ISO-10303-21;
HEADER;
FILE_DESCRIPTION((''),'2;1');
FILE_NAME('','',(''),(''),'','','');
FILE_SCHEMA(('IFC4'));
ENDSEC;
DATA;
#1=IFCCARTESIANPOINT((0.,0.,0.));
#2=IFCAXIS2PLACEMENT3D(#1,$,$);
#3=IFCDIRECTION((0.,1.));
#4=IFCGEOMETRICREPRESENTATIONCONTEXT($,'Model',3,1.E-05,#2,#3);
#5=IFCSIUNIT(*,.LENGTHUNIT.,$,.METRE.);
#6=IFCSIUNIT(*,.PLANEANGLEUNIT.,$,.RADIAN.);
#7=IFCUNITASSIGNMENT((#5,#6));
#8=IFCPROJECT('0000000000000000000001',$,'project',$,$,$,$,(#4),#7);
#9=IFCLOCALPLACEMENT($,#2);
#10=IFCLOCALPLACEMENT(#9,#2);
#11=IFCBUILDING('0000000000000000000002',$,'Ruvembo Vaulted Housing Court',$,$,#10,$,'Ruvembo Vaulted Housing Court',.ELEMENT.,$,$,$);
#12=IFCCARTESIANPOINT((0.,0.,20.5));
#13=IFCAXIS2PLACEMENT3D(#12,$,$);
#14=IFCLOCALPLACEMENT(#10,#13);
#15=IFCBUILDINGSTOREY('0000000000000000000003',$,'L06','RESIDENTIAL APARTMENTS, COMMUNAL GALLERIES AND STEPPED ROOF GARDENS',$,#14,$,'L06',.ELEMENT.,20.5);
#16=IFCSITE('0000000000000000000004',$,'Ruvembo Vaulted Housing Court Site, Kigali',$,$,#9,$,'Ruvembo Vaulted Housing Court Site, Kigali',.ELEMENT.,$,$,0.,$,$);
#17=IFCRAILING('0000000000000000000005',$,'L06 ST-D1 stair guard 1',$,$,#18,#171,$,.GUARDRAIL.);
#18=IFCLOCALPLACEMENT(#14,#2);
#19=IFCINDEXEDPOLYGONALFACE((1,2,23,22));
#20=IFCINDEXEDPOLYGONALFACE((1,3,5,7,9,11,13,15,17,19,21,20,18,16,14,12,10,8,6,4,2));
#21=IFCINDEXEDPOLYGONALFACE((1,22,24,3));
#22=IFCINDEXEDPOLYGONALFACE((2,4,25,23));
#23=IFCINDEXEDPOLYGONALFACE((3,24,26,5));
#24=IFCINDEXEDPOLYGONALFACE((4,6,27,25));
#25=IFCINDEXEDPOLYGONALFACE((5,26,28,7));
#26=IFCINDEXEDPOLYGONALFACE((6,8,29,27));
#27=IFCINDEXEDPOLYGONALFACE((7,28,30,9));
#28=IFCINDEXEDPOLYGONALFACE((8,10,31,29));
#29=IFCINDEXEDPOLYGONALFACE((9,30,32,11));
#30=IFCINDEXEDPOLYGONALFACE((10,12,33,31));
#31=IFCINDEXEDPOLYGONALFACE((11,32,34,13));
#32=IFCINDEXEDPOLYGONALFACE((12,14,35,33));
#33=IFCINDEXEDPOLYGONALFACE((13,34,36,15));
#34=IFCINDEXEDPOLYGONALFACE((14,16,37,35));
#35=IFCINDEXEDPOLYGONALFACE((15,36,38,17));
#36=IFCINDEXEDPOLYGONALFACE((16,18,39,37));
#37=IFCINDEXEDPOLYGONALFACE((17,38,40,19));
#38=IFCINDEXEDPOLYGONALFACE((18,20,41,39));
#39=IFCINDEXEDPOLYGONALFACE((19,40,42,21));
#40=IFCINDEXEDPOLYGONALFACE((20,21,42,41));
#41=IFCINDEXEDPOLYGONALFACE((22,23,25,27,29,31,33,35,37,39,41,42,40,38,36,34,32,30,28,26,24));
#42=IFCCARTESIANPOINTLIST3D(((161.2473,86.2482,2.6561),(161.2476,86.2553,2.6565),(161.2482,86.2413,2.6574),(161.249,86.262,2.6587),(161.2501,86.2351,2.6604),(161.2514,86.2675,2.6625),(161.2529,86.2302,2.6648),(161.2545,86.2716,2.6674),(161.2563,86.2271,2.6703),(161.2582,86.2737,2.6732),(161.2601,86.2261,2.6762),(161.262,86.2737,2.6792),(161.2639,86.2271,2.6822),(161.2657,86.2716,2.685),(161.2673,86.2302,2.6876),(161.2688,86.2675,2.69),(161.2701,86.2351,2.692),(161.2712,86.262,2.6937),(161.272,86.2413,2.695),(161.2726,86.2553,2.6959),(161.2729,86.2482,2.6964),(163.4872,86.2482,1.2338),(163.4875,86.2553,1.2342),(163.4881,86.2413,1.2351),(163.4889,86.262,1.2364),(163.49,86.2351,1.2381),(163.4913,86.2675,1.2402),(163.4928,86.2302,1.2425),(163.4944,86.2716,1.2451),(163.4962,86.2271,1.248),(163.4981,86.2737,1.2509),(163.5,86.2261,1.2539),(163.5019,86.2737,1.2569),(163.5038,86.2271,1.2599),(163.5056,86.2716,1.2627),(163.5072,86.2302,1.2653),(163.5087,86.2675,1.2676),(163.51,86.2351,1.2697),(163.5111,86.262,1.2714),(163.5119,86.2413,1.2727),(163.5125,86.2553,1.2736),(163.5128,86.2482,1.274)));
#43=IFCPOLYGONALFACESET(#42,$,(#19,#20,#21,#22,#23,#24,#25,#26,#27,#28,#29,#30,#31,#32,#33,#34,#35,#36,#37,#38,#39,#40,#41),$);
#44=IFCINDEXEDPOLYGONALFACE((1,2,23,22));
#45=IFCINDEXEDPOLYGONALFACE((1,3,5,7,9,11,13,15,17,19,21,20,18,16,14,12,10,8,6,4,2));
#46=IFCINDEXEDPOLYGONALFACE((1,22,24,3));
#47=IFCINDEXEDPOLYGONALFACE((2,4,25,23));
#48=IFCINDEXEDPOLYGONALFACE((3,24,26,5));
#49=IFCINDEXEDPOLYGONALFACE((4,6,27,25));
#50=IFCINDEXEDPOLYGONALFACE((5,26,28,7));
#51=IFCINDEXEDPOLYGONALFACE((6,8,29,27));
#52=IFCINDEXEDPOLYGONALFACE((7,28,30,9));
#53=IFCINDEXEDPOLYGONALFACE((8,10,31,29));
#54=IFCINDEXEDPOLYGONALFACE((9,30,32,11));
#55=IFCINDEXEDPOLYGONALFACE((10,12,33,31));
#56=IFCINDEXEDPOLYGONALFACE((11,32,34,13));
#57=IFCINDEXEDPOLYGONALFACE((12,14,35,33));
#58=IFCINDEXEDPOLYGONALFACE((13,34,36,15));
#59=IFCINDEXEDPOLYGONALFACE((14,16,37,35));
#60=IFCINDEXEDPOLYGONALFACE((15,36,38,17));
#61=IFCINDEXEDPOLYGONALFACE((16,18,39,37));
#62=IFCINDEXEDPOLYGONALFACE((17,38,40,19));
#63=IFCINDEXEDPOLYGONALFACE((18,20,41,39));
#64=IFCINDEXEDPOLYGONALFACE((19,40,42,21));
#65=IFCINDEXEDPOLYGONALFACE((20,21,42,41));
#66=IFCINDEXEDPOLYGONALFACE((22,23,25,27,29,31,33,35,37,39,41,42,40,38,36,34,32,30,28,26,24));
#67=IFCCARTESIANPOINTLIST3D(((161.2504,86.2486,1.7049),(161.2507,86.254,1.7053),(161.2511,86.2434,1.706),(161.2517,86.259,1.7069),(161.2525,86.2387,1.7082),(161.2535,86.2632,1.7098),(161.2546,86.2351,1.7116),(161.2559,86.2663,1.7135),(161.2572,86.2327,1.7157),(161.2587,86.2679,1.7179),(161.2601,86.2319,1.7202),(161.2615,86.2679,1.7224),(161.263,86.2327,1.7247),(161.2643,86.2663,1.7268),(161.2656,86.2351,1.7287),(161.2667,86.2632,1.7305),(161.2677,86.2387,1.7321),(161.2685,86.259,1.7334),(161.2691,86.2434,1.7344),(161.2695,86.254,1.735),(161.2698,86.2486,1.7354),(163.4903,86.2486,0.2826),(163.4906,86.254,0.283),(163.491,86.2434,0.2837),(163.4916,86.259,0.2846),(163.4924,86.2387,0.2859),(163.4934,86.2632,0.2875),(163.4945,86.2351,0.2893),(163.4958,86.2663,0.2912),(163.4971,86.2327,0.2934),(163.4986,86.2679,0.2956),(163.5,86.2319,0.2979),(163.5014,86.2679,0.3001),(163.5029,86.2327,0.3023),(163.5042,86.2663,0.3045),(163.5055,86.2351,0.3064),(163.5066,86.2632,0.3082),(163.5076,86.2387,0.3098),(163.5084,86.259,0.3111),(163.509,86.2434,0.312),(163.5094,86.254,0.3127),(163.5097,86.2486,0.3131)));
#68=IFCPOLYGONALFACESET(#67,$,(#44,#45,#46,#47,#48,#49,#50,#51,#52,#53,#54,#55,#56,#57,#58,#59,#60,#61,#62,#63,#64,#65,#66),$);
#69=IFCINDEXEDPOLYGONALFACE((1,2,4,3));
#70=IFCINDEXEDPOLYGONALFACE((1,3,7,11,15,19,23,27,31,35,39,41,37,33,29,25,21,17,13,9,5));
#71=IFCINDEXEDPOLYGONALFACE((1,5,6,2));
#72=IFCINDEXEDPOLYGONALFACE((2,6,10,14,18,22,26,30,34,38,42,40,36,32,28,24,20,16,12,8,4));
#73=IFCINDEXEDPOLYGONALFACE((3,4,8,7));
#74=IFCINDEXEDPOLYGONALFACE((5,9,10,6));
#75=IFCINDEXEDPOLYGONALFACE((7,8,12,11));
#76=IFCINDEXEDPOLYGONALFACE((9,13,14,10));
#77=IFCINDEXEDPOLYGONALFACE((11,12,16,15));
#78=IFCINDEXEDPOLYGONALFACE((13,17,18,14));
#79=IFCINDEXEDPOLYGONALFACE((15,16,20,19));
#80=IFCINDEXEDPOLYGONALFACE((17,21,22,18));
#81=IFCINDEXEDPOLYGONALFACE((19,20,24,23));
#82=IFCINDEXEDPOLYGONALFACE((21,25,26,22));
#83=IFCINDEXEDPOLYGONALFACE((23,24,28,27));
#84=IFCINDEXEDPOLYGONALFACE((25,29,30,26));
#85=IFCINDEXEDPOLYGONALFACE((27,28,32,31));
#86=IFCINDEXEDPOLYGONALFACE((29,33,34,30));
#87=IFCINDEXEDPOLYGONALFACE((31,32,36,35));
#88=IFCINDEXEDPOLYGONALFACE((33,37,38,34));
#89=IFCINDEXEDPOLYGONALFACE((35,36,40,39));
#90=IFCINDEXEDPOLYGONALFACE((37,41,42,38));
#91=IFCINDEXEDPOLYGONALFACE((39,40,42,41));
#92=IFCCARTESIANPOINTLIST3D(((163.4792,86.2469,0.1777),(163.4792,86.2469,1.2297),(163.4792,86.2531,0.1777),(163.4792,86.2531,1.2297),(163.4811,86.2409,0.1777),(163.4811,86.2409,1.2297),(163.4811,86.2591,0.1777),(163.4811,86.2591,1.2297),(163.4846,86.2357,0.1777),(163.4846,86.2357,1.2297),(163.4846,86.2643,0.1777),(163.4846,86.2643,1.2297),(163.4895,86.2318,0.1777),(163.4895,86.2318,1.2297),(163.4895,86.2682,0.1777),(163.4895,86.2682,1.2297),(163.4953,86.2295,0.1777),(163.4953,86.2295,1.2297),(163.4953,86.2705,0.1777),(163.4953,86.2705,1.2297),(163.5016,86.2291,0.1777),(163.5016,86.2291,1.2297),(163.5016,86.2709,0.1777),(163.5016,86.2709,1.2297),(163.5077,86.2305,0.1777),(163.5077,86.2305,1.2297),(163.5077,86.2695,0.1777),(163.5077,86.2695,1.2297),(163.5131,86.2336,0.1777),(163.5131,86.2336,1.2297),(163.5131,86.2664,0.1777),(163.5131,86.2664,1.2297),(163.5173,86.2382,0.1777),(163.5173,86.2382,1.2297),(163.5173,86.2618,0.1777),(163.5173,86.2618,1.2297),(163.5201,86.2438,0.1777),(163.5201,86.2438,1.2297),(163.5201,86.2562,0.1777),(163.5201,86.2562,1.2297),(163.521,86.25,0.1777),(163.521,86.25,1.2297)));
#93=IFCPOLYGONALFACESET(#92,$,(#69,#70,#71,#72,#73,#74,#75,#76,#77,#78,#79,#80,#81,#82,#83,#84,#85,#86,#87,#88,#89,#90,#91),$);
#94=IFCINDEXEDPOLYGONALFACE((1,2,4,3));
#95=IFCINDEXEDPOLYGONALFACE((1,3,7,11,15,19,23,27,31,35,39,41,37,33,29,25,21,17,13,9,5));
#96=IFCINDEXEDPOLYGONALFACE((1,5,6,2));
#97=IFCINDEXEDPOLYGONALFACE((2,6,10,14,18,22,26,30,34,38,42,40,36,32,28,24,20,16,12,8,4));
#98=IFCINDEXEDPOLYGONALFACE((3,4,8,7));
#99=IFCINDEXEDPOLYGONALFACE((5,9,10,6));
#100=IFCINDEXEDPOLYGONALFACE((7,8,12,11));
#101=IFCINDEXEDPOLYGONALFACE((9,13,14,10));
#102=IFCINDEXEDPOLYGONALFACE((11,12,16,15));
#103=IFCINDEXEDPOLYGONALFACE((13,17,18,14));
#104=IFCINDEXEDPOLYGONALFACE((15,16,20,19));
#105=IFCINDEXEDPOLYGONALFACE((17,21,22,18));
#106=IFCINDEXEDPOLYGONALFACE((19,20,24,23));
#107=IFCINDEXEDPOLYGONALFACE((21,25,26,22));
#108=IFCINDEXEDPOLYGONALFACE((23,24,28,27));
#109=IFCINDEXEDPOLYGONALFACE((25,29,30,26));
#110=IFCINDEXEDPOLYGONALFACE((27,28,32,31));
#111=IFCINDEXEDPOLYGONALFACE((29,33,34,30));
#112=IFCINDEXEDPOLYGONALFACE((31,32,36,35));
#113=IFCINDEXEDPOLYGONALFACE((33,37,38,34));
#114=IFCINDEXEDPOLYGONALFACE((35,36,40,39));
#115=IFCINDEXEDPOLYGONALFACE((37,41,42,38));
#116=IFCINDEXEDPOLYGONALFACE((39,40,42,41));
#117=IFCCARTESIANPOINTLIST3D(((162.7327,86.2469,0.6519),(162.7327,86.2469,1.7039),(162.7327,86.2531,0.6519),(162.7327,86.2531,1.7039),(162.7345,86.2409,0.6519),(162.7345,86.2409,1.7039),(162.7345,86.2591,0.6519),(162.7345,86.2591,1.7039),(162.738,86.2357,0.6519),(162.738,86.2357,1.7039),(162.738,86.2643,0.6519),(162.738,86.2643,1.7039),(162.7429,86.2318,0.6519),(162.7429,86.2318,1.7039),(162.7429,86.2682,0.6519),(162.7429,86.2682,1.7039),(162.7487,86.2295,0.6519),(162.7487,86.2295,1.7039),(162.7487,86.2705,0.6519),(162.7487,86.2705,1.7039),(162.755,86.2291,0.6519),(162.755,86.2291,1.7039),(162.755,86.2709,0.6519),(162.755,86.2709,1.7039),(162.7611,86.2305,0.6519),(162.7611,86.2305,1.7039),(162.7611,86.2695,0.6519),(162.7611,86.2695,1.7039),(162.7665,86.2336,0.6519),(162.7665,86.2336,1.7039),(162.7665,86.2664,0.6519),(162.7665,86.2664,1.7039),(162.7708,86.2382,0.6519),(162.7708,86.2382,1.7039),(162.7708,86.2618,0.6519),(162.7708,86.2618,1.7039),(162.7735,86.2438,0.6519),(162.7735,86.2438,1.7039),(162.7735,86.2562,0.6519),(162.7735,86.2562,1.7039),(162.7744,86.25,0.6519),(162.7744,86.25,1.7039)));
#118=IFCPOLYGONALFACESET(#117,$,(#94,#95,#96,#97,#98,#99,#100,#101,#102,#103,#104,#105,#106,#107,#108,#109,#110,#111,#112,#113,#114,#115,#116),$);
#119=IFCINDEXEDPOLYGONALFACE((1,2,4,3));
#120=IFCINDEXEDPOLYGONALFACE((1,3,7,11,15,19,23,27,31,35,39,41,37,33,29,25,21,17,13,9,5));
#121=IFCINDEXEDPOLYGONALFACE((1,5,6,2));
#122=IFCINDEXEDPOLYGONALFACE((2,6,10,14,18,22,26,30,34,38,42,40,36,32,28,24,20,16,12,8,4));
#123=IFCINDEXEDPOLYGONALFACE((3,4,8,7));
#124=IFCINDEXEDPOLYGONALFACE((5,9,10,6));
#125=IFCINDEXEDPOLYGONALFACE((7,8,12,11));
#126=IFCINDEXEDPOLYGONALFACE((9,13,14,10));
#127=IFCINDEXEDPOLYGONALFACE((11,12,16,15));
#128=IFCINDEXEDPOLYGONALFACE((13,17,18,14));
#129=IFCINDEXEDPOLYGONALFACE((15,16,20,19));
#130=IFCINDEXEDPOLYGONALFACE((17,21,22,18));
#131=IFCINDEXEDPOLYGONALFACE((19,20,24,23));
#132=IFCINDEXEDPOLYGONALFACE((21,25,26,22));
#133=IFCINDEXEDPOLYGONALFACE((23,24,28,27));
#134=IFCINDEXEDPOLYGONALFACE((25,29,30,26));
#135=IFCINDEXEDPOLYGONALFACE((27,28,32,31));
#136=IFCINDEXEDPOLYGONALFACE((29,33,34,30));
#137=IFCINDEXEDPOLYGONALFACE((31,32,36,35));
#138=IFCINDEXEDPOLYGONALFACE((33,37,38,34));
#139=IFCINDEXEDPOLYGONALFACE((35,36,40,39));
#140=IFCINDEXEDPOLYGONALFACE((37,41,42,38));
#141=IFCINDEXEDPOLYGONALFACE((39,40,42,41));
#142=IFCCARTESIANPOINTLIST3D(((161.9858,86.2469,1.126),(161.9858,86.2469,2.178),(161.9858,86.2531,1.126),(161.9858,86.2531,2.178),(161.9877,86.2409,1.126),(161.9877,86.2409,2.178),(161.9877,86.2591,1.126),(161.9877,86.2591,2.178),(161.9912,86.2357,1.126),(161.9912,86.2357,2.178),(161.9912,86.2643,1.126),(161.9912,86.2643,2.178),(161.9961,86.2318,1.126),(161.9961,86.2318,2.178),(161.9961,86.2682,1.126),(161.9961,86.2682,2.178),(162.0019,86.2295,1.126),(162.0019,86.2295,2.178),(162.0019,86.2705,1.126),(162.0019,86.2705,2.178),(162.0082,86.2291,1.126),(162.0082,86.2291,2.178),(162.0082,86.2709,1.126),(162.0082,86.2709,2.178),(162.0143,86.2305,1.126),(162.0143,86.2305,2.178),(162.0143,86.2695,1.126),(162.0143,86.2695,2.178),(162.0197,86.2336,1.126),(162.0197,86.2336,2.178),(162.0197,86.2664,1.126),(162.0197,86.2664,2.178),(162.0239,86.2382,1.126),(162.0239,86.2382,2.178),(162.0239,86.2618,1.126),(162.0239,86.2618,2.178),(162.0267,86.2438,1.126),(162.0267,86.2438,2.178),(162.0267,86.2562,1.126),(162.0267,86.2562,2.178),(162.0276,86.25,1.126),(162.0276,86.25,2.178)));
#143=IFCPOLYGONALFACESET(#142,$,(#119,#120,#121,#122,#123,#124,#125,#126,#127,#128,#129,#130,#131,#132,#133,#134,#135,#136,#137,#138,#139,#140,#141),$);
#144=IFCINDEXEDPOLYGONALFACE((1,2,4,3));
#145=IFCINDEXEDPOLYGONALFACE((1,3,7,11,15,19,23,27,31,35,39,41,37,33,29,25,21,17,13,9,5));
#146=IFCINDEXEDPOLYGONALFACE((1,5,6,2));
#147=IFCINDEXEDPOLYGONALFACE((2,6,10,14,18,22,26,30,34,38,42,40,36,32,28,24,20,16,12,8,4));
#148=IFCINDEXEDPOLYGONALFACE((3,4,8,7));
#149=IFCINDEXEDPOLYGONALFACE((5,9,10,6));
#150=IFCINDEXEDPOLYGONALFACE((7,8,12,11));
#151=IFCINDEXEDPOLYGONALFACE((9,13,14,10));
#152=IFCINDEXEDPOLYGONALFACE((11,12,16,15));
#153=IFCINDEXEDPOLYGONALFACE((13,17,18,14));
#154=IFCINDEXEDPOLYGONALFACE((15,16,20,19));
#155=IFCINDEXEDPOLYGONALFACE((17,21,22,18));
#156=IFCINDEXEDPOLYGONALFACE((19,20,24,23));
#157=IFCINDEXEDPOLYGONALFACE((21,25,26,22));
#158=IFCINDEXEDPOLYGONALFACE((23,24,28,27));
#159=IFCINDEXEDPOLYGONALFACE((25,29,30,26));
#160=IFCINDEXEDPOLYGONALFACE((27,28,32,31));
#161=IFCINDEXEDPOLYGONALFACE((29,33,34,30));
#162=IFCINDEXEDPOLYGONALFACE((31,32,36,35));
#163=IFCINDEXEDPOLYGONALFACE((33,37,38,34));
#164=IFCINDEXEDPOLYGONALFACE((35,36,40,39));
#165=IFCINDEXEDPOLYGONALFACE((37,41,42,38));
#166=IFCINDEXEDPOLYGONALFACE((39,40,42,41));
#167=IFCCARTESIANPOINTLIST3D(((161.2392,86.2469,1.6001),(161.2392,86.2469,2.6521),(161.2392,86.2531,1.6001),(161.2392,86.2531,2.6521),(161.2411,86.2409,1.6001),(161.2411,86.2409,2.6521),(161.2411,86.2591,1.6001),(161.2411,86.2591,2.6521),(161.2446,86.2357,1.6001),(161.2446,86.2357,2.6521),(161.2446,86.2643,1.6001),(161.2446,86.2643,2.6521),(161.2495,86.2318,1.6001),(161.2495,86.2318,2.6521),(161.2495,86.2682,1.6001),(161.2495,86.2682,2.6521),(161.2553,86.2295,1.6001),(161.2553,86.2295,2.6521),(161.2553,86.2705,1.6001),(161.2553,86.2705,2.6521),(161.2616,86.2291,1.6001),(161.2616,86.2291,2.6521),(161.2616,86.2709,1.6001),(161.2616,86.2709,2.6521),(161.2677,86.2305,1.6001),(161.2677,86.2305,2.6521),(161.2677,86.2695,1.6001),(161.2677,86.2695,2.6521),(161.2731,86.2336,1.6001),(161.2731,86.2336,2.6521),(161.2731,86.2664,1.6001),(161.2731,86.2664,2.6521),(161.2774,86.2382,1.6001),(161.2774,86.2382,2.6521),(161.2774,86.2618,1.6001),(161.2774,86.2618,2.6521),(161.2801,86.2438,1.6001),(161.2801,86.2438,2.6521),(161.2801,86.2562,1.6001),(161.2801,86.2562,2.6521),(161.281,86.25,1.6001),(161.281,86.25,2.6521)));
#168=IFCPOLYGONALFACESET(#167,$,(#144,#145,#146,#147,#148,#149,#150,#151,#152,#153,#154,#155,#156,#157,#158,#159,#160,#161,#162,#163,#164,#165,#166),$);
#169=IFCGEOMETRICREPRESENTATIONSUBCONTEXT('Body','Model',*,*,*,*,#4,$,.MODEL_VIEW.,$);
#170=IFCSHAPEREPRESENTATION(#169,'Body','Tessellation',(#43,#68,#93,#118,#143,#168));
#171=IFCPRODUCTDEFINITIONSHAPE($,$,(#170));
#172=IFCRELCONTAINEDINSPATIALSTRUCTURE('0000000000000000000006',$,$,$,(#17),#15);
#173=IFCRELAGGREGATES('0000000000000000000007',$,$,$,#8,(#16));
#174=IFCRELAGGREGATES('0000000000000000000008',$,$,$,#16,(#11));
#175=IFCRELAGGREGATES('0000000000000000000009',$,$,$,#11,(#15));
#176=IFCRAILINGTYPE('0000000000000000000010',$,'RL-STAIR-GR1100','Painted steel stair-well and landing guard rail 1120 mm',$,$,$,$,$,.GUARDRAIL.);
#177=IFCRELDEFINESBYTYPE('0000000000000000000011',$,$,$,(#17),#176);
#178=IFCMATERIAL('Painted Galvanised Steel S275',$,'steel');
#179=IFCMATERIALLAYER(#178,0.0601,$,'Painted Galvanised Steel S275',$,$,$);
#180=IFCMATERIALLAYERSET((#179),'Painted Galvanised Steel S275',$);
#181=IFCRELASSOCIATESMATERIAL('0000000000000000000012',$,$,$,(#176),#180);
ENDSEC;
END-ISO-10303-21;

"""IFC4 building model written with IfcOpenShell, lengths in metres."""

from ifc_helpers import new_model, si_unit, direction, frame, origin, origin_2d, place, context, subcontext, project, spatial, circle, extrude, material, layer, layer_set, type_object, element, save


model = new_model("IFC4")

# Units and contexts
model_context = context("Model", 3, precision=1e-05, world=origin(), true_north=direction((0.0, 1.0)))
body_context = subcontext(model_context, "Body", "Model", "MODEL_VIEW")
ifc_project = project(units=[si_unit("LENGTHUNIT", "METRE"), si_unit("PLANEANGLEUNIT", "RADIAN")], contexts=[model_context])

# Site, building, storey
site_placement = place(None, origin())
site = spatial("IfcSite", under=ifc_project, at=site_placement, Name="Ruvembo Vaulted Housing Court Site, Kigali", LongName="Ruvembo Vaulted Housing Court Site, Kigali", CompositionType="ELEMENT", RefElevation=0.0)
building_placement = place(site_placement, origin())
building = spatial("IfcBuilding", under=site, at=building_placement, Name="Ruvembo Vaulted Housing Court", LongName="Ruvembo Vaulted Housing Court", CompositionType="ELEMENT")
storey_placement = place(building_placement, frame((0.0, 0.0, 20.5)))
storey = spatial("IfcBuildingStorey", under=building, at=storey_placement, Name="L06", Description="RESIDENTIAL APARTMENTS, COMMUNAL GALLERIES AND STEPPED ROOF GARDENS", LongName="L06", CompositionType="ELEMENT", Elevation=20.5)

# Railing
ifc_material_1 = material(Name="Painted Galvanised Steel S275", Category="steel")
ifc_layer_1 = layer(ifc_material_1, 0.0601, Name="Painted Galvanised Steel S275")
ifc_layer_set_1 = layer_set([ifc_layer_1], Name="Painted Galvanised Steel S275")
railing_type_1 = type_object("IfcRailingType", Name="RL-STAIR-GR1100", Description="Painted steel stair-well and landing guard rail 1120 mm", PredefinedType="GUARDRAIL", material=ifc_layer_set_1)
railing_1_placement = place(storey_placement, frame((163.5, 86.25, 0.1777)))
element("IfcRailing", 1, at=railing_1_placement, inside=storey, type_object=railing_type_1, Name="L06 ST-D1 stair guard 1", PredefinedType="GUARDRAIL", context=body_context, shape_type="SweptSolid", body=[
    extrude(circle(Radius=0.0239, at=origin_2d()), frame((0.0, 0.0, 1.0762), z_axis=(-0.844188, 0.0, 0.536048), x_axis=(0.0, -1.0, 0.0)), (0.0, 0.0, 1.0), 2.6533),
    extrude(circle(Radius=0.0181, at=origin_2d()), frame((0.0, 0.0, 0.1201), z_axis=(-0.844188, 0.0, 0.536048), x_axis=(0.0, -1.0, 0.0)), (0.0, 0.0, 1.0), 2.6533),
    extrude(circle(Radius=0.021, at=origin_2d()), origin(), (0.0, 0.0, 1.0), 1.052),
    extrude(circle(Radius=0.021, at=origin_2d()), frame((-0.7466, 0.0, 0.4741)), (0.0, 0.0, 1.0), 1.052),
    extrude(circle(Radius=0.021, at=origin_2d()), frame((-1.4934, 0.0, 0.9482)), (0.0, 0.0, 1.0), 1.052),
    extrude(circle(Radius=0.021, at=origin_2d()), frame((-2.24, 0.0, 1.4224)), (0.0, 0.0, 1.0), 1.052),
])

save(model, "model.ifc")
